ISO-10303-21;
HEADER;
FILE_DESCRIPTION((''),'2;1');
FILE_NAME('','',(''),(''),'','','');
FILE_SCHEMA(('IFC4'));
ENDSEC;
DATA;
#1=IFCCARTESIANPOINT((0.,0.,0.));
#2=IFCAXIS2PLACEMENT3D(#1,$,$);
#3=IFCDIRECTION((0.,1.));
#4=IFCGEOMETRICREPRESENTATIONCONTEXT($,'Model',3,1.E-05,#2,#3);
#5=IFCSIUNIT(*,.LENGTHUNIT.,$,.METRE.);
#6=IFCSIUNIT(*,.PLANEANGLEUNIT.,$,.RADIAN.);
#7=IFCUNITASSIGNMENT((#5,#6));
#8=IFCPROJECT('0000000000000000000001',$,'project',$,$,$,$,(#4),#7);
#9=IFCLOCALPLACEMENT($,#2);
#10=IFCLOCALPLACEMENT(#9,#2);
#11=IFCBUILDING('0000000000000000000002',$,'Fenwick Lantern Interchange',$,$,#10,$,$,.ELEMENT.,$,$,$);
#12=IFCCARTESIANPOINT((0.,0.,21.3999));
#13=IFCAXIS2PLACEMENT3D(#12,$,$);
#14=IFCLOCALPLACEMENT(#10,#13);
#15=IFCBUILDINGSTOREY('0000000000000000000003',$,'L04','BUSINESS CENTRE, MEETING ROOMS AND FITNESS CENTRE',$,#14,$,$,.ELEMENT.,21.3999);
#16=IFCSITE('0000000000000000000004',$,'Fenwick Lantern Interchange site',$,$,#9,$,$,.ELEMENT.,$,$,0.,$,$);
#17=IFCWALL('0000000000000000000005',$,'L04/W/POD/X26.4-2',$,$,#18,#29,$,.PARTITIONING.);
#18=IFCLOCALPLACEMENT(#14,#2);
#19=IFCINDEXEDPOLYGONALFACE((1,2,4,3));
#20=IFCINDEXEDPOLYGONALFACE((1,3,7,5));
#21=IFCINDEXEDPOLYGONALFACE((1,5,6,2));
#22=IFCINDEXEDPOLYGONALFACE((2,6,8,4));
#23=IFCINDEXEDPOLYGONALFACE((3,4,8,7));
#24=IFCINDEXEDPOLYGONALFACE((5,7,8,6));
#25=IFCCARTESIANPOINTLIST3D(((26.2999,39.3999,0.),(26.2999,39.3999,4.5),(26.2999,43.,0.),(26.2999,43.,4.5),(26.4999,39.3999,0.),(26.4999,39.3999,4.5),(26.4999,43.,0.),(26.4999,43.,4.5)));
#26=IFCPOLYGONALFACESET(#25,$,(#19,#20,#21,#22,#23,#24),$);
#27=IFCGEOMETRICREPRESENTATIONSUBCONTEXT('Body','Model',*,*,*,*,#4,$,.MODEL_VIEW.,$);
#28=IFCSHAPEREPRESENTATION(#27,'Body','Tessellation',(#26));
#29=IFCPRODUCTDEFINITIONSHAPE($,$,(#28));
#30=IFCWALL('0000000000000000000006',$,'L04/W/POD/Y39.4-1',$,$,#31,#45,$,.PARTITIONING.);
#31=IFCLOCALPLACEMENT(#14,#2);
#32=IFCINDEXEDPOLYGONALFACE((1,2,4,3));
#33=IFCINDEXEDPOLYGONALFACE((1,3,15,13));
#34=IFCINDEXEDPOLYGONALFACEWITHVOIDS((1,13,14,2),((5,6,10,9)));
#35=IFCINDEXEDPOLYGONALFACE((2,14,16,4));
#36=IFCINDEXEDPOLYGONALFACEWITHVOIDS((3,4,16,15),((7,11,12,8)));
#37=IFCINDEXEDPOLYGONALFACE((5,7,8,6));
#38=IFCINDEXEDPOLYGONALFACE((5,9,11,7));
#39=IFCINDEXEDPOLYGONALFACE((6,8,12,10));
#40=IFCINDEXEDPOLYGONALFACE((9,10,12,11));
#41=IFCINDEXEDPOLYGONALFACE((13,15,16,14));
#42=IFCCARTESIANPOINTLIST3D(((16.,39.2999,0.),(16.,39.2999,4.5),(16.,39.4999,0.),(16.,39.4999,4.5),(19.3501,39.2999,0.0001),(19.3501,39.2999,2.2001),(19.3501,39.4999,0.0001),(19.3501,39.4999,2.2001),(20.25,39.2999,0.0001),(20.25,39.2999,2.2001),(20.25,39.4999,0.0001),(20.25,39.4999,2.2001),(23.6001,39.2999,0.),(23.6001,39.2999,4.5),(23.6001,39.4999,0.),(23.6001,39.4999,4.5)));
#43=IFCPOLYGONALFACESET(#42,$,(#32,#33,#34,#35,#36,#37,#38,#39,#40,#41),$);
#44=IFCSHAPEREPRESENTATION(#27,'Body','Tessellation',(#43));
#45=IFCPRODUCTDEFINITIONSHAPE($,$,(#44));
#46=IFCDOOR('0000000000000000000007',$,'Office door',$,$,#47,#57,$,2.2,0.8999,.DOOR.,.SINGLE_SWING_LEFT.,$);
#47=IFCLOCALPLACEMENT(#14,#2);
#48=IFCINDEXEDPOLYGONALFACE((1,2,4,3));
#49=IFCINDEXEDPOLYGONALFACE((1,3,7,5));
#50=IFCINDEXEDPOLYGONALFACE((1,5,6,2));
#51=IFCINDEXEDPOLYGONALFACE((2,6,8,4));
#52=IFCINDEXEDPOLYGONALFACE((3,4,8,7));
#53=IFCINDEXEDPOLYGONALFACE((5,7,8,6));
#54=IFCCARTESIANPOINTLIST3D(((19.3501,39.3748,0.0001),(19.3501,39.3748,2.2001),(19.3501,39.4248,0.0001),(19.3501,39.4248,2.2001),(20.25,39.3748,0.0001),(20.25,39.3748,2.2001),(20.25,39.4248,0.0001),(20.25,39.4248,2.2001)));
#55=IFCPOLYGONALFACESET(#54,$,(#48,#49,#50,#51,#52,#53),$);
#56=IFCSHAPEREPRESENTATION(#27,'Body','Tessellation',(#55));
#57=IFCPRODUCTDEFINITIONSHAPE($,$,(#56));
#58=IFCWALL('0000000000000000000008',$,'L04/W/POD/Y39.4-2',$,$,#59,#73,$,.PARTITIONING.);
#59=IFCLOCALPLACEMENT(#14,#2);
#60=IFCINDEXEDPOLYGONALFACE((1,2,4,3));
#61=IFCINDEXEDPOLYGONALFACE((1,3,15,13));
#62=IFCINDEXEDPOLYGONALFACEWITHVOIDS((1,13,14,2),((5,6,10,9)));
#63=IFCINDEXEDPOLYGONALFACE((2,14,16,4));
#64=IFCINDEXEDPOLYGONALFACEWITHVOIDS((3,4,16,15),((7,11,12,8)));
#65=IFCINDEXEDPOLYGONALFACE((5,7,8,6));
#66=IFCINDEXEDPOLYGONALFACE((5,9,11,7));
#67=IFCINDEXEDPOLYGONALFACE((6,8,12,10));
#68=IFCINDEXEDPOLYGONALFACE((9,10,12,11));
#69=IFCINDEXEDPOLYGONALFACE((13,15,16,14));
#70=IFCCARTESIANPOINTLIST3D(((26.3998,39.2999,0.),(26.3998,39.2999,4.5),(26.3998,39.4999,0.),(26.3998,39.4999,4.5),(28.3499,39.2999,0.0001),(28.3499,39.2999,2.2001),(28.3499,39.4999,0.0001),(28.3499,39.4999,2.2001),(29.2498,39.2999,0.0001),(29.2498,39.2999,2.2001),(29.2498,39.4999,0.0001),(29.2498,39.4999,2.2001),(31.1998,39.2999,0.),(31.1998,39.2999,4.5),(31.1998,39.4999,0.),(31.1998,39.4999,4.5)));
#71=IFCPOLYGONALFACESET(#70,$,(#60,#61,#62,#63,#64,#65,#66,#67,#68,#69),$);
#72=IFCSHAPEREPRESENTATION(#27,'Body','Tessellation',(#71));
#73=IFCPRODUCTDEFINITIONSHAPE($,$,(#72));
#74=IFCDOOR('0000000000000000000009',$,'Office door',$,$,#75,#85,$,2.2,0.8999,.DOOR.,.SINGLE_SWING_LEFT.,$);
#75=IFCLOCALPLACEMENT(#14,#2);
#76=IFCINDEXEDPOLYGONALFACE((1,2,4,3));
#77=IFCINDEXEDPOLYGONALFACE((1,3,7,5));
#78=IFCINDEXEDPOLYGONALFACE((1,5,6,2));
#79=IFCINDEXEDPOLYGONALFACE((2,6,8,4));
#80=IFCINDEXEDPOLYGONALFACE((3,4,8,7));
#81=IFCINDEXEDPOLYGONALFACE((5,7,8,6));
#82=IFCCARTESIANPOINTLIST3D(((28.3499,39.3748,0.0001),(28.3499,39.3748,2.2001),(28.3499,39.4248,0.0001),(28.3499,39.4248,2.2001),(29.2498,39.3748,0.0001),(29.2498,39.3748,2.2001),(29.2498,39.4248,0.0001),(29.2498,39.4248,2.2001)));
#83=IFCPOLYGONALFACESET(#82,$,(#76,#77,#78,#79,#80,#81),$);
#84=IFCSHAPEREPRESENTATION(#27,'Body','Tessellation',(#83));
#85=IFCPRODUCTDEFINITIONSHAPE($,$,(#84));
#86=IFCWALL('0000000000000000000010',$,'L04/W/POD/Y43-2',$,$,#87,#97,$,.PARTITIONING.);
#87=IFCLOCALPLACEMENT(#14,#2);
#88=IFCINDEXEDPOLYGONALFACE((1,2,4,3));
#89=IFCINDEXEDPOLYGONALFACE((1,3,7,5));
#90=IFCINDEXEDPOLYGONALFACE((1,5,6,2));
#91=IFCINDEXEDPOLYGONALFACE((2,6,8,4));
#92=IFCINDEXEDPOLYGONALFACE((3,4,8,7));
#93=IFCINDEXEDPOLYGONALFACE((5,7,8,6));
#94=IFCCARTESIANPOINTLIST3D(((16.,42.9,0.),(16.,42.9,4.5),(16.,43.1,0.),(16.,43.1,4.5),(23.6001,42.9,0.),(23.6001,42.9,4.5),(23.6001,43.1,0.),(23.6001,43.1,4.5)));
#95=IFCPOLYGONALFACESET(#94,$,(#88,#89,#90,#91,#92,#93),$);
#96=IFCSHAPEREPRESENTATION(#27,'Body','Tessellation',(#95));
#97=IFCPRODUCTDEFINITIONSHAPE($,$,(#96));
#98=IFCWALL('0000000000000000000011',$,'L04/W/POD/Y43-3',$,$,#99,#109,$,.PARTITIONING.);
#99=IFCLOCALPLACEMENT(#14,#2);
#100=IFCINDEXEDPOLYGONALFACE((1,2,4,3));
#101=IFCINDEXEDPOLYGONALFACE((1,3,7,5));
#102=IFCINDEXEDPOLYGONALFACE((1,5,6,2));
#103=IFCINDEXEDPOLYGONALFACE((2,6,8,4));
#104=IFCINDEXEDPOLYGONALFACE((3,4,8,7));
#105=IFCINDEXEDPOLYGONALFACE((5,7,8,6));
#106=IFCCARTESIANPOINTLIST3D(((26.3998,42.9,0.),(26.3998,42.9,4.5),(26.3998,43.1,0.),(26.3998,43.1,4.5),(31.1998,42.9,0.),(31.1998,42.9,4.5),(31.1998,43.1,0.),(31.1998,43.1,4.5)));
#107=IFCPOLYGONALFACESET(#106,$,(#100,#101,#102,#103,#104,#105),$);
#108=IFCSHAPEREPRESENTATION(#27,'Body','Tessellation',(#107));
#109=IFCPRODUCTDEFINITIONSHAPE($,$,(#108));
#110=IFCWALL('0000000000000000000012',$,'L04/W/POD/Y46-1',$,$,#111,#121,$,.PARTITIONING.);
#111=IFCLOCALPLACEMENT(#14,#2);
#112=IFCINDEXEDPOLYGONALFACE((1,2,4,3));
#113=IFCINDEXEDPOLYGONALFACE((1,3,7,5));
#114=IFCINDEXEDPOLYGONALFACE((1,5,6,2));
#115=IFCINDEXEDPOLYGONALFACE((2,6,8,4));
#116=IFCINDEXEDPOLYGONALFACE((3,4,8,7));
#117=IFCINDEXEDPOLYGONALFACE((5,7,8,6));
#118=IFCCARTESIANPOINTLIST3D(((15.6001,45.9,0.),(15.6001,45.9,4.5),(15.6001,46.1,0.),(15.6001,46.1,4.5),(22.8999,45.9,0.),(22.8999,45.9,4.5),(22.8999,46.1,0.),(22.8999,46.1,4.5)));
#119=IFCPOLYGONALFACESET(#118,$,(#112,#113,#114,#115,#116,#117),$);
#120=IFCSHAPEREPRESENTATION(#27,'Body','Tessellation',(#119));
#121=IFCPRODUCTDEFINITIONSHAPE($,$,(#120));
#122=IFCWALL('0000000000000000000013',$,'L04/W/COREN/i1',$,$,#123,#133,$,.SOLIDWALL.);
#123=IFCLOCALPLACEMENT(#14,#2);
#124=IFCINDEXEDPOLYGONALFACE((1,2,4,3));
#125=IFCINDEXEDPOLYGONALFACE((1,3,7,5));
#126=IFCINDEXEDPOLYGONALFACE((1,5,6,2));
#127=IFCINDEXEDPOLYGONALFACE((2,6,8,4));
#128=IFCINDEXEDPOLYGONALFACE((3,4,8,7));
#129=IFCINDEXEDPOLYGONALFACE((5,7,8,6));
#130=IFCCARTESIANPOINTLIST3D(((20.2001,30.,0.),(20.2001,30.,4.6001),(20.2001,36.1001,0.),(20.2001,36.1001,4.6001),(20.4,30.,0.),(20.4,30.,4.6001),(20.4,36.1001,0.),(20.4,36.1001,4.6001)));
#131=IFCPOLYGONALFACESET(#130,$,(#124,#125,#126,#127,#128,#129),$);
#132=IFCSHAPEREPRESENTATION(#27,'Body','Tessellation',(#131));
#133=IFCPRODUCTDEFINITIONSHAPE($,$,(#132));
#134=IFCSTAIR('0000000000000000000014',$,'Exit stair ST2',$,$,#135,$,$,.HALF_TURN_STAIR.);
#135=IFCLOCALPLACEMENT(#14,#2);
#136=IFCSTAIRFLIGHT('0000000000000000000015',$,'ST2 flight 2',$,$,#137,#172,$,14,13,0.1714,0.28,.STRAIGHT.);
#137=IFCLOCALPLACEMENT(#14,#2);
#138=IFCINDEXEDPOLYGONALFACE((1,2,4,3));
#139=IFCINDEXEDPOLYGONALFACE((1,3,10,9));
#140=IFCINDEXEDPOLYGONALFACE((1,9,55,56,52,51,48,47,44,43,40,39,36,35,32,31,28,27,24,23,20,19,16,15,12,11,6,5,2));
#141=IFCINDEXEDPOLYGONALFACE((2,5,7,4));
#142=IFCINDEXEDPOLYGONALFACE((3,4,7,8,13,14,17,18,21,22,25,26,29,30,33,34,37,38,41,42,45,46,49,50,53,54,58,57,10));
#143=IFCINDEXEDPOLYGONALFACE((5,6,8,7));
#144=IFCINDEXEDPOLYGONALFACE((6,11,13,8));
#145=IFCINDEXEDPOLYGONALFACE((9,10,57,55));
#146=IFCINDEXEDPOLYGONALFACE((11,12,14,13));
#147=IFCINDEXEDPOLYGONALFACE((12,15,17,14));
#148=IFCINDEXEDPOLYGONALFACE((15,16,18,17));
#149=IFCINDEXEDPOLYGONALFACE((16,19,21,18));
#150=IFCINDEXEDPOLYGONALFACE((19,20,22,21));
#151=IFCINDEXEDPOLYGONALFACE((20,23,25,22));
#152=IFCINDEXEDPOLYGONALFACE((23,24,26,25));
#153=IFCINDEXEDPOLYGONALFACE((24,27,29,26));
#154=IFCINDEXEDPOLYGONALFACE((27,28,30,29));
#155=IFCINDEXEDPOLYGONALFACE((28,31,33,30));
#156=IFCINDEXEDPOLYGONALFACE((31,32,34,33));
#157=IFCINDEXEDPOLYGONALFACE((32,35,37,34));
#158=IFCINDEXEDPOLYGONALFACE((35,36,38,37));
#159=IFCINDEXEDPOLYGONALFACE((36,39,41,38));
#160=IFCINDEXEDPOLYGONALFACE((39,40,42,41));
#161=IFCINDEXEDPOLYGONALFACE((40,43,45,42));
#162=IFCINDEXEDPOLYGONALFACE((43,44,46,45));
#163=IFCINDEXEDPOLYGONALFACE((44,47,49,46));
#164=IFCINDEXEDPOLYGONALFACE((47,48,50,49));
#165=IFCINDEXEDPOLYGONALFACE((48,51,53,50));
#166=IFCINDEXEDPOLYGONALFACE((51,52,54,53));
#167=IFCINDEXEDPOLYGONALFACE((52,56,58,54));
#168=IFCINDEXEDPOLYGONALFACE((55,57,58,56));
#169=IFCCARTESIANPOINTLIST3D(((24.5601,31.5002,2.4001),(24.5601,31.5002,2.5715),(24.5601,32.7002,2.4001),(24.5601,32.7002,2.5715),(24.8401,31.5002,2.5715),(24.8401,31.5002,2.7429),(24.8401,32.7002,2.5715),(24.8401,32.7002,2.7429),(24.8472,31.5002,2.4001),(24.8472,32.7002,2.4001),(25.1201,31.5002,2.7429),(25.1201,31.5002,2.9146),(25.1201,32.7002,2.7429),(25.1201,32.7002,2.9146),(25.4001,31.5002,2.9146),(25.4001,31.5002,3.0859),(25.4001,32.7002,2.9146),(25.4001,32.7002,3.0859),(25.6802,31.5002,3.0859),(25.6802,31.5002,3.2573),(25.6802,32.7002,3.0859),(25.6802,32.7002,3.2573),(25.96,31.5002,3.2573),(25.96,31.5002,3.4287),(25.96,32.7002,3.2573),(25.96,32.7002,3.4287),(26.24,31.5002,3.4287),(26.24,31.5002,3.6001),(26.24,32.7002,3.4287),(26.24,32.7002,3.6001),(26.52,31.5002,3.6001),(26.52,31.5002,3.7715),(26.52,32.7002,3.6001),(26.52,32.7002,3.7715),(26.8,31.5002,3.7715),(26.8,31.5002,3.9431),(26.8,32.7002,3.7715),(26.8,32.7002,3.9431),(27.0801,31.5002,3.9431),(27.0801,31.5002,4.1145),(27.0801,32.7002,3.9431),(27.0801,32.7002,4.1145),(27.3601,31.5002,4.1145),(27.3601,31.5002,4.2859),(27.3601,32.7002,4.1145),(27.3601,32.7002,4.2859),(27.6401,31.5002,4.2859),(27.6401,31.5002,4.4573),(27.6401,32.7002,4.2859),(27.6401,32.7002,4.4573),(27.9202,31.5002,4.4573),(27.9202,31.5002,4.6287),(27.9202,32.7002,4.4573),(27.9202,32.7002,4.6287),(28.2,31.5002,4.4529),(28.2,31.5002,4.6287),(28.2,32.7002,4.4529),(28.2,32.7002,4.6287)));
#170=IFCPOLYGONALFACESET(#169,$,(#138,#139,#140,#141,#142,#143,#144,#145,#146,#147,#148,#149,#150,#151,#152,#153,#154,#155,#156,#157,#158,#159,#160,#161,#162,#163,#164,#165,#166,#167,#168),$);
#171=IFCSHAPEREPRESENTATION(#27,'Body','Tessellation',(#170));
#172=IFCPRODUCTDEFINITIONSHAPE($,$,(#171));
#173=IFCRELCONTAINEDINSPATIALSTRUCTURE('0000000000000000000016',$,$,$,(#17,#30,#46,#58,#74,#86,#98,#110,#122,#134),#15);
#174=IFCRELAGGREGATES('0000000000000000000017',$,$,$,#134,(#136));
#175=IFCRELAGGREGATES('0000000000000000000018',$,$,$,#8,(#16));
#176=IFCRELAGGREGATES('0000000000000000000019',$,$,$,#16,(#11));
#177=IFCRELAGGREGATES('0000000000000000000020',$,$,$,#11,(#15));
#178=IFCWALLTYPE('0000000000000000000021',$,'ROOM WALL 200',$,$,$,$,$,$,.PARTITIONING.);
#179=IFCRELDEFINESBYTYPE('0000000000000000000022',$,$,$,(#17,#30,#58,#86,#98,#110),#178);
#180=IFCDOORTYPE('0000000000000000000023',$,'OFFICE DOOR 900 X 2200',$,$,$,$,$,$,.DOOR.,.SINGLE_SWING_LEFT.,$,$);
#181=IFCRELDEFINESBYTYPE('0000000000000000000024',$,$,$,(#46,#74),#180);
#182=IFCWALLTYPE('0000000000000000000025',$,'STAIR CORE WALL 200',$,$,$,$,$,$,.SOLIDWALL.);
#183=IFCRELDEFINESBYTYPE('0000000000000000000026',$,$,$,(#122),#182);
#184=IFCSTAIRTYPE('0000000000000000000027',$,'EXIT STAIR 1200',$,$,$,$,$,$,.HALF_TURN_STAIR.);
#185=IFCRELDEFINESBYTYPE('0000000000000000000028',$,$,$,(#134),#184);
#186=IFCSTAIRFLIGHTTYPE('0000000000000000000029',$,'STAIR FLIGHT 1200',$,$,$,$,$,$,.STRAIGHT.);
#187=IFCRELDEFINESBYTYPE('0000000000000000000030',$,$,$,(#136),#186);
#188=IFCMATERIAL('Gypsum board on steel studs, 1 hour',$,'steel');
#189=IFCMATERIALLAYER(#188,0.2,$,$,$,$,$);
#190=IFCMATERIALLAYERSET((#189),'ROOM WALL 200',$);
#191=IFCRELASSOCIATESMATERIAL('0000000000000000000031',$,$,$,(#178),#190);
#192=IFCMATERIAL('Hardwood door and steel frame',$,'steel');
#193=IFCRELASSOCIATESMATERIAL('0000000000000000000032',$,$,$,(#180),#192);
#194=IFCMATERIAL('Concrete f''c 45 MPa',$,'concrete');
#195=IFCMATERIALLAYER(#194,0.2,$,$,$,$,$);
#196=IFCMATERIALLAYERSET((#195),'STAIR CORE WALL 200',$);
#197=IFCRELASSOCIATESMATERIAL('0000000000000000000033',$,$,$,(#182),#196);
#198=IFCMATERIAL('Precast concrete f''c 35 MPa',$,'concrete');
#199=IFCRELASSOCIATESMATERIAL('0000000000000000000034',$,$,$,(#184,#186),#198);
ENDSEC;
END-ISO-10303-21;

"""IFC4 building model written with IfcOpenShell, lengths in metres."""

from ifc_helpers import new_model, si_unit, direction, frame, frame_2d, origin, place, context, subcontext, project, spatial, polyline, rectangle, outline, extrude, material, layer, layer_set, type_object, element, fill, aggregate, save


model = new_model("IFC4")

# Units and contexts
model_context = context("Model", 3, precision=1e-05, world=origin(), true_north=direction((0.0, 1.0)))
body_context = subcontext(model_context, "Body", "Model", "MODEL_VIEW")
ifc_project = project(units=[si_unit("LENGTHUNIT", "METRE"), si_unit("PLANEANGLEUNIT", "RADIAN")], contexts=[model_context])

# Site, building, storey
site_placement = place(None, origin())
site = spatial("IfcSite", under=ifc_project, at=site_placement, Name="Fenwick Lantern Interchange site", CompositionType="ELEMENT", RefElevation=0.0)
building_placement = place(site_placement, origin())
building = spatial("IfcBuilding", under=site, at=building_placement, Name="Fenwick Lantern Interchange", CompositionType="ELEMENT")
storey_placement = place(building_placement, frame((0.0, 0.0, 21.3999)))
storey = spatial("IfcBuildingStorey", under=building, at=storey_placement, Name="L04", Description="BUSINESS CENTRE, MEETING ROOMS AND FITNESS CENTRE", CompositionType="ELEMENT", Elevation=21.3999)

# Shared definitions
ifc_material_1 = material(Name="Gypsum board on steel studs, 1 hour", Category="steel")
ifc_layer_1 = layer(ifc_material_1, 0.2)
ifc_layer_set_1 = layer_set([ifc_layer_1], Name="ROOM WALL 200")
wall_type_1 = type_object("IfcWallType", Name="ROOM WALL 200", PredefinedType="PARTITIONING", material=ifc_layer_set_1)

# Wall
for number, where, z_axis, x_axis, name in (
    (1, (26.3999, 39.3999, 0.0), (0.0, 0.0, 1.0), (0.0, 1.0, 0.0), "L04/W/POD/X26.4-2"),
):
    element("IfcWall", number, at=place(storey_placement, frame(where, z_axis=z_axis, x_axis=x_axis)), inside=storey, type_object=wall_type_1, Name=name, PredefinedType="PARTITIONING", context=body_context, shape_type="SweptSolid", body=[
        extrude(rectangle(XDim=3.6001, YDim=0.2, at=frame_2d((1.8, 0.0))), origin(), (0.0, 0.0, 1.0), 4.5),
    ])

# Walls, openings, doors
wall_1_placement = place(storey_placement, frame((16.0, 39.3999, 0.0), z_axis=(0.0, 0.0, 1.0), x_axis=(1.0, 0.0, 0.0)))
wall_1 = element("IfcWall", 2, at=wall_1_placement, inside=storey, type_object=wall_type_1, Name="L04/W/POD/Y39.4-1", PredefinedType="PARTITIONING", context=body_context, shape_type="SweptSolid", body=[
    extrude(rectangle(XDim=7.6001, YDim=0.2, at=frame_2d((3.8, 0.0))), origin(), (0.0, 0.0, 1.0), 4.5),
])
opening_1_placement = place(wall_1_placement, frame((3.3501, 0.0, 0.0)))
opening_1 = element("IfcOpeningElement", 3, at=opening_1_placement, cuts=wall_1, PredefinedType="OPENING", context=body_context, shape_type="SweptSolid", body=[
    extrude(rectangle(XDim=0.8999, YDim=2.2, at=frame_2d((0.45, 1.1001))), frame((0.0, 0.1099, 0.0), z_axis=(0.0, -1.0, 0.0), x_axis=(1.0, 0.0, 0.0)), (0.0, 0.0, 1.0), 0.22),
])
ifc_material_2 = material(Name="Hardwood door and steel frame", Category="steel")
door_type_1 = type_object("IfcDoorType", Name="OFFICE DOOR 900 X 2200", OperationType="SINGLE_SWING_LEFT", PredefinedType="DOOR", material=ifc_material_2)
door_1_placement = place(opening_1_placement, origin())
door_1 = element("IfcDoor", 4, at=door_1_placement, inside=storey, type_object=door_type_1, Name="Office door", OperationType="SINGLE_SWING_LEFT", OverallHeight=2.2, OverallWidth=0.8999, PredefinedType="DOOR", context=body_context, shape_type="SweptSolid", body=[
    extrude(rectangle(XDim=0.8999, YDim=2.2, at=frame_2d((0.45, 1.1001))), frame((0.0, 0.0249, 0.0), z_axis=(0.0, -1.0, 0.0), x_axis=(1.0, 0.0, 0.0)), (0.0, 0.0, 1.0), 0.05),
])
fill(opening_1, door_1)
wall_2_placement = place(storey_placement, frame((26.3999, 39.3999, 0.0), z_axis=(0.0, 0.0, 1.0), x_axis=(1.0, 0.0, 0.0)))
wall_2 = element("IfcWall", 5, at=wall_2_placement, inside=storey, type_object=wall_type_1, Name="L04/W/POD/Y39.4-2", PredefinedType="PARTITIONING", context=body_context, shape_type="SweptSolid", body=[
    extrude(rectangle(XDim=4.8, YDim=0.2, at=frame_2d((2.3999, 0.0))), origin(), (0.0, 0.0, 1.0), 4.5),
])
opening_2_placement = place(wall_2_placement, frame((1.95, 0.0, 0.0)))
opening_2 = element("IfcOpeningElement", 6, at=opening_2_placement, cuts=wall_2, PredefinedType="OPENING", context=body_context, shape_type="SweptSolid", body=[
    extrude(rectangle(XDim=0.8999, YDim=2.2, at=frame_2d((0.45, 1.1001))), frame((0.0, 0.1099, 0.0), z_axis=(0.0, -1.0, 0.0), x_axis=(1.0, 0.0, 0.0)), (0.0, 0.0, 1.0), 0.22),
])
door_2_placement = place(opening_2_placement, origin())
door_2 = element("IfcDoor", 7, at=door_2_placement, inside=storey, type_object=door_type_1, Name="Office door", OperationType="SINGLE_SWING_LEFT", OverallHeight=2.2, OverallWidth=0.8999, PredefinedType="DOOR", context=body_context, shape_type="SweptSolid", body=[
    extrude(rectangle(XDim=0.8999, YDim=2.2, at=frame_2d((0.45, 1.1001))), frame((0.0, 0.0249, 0.0), z_axis=(0.0, -1.0, 0.0), x_axis=(1.0, 0.0, 0.0)), (0.0, 0.0, 1.0), 0.05),
])
fill(opening_2, door_2)

# Walls
wall_3_placement = place(storey_placement, frame((16.0, 43.0, 0.0), z_axis=(0.0, 0.0, 1.0), x_axis=(1.0, 0.0, 0.0)))
element("IfcWall", 8, at=wall_3_placement, inside=storey, type_object=wall_type_1, Name="L04/W/POD/Y43-2", PredefinedType="PARTITIONING", context=body_context, shape_type="SweptSolid", body=[
    extrude(rectangle(XDim=7.6001, YDim=0.2, at=frame_2d((3.8, 0.0))), origin(), (0.0, 0.0, 1.0), 4.5),
])
wall_4_placement = place(storey_placement, frame((26.3999, 43.0, 0.0), z_axis=(0.0, 0.0, 1.0), x_axis=(1.0, 0.0, 0.0)))
element("IfcWall", 9, at=wall_4_placement, inside=storey, type_object=wall_type_1, Name="L04/W/POD/Y43-3", PredefinedType="PARTITIONING", context=body_context, shape_type="SweptSolid", body=[
    extrude(rectangle(XDim=4.8, YDim=0.2, at=frame_2d((2.3999, 0.0))), origin(), (0.0, 0.0, 1.0), 4.5),
])
wall_5_placement = place(storey_placement, frame((15.6001, 46.0, 0.0), z_axis=(0.0, 0.0, 1.0), x_axis=(1.0, 0.0, 0.0)))
element("IfcWall", 10, at=wall_5_placement, inside=storey, type_object=wall_type_1, Name="L04/W/POD/Y46-1", PredefinedType="PARTITIONING", context=body_context, shape_type="SweptSolid", body=[
    extrude(rectangle(XDim=7.2998, YDim=0.2, at=frame_2d((3.6499, 0.0))), origin(), (0.0, 0.0, 1.0), 4.5),
])
ifc_material_3 = material(Name="Concrete f'c 45 MPa", Category="concrete")
ifc_layer_2 = layer(ifc_material_3, 0.2)
ifc_layer_set_2 = layer_set([ifc_layer_2], Name="STAIR CORE WALL 200")
wall_type_2 = type_object("IfcWallType", Name="STAIR CORE WALL 200", PredefinedType="SOLIDWALL", material=ifc_layer_set_2)
wall_6_placement = place(storey_placement, frame((20.3, 36.1001, 0.0), z_axis=(0.0, 0.0, 1.0), x_axis=(0.0, -1.0, 0.0)))
element("IfcWall", 11, at=wall_6_placement, inside=storey, type_object=wall_type_2, Name="L04/W/COREN/i1", PredefinedType="SOLIDWALL", context=body_context, shape_type="SweptSolid", body=[
    extrude(rectangle(XDim=6.1001, YDim=0.2, at=frame_2d((3.05, 0.0))), origin(), (0.0, 0.0, 1.0), 4.6001),
])

# Stair, stair flight
ifc_material_4 = material(Name="Precast concrete f'c 35 MPa", Category="concrete")
stair_type = type_object("IfcStairType", Name="EXIT STAIR 1200", PredefinedType="HALF_TURN_STAIR", material=ifc_material_4)
stair_placement = place(storey_placement, origin())
stair = element("IfcStair", 12, at=stair_placement, inside=storey, type_object=stair_type, Name="Exit stair ST2", PredefinedType="HALF_TURN_STAIR")
stair_flight_type = type_object("IfcStairFlightType", Name="STAIR FLIGHT 1200", PredefinedType="STRAIGHT", material=ifc_material_4)
stair_flight_placement = place(storey_placement, frame((24.5601, 32.1001, 2.4001), z_axis=(0.0, 0.0, 1.0), x_axis=(1.0, 0.0, 0.0)))
stair_flight = element("IfcStairFlight", 13, at=stair_flight_placement, type_object=stair_flight_type, Name="ST2 flight 2", NumberOfRisers=14, NumberOfTreads=13, PredefinedType="STRAIGHT", RiserHeight=0.1714, TreadLength=0.28, context=body_context, shape_type="SweptSolid", body=[
    extrude(outline(polyline([(0.0, 0.0), (0.0, 0.1714), (0.28, 0.1714), (0.28, 0.3428), (0.5601, 0.3428), (0.5601, 0.5144), (0.8401, 0.5144), (0.8401, 0.6858), (1.1201, 0.6858), (1.1201, 0.8572), (1.3999, 0.8572), (1.3999, 1.0286), (1.6799, 1.0286), (1.6799, 1.2), (1.96, 1.2), (1.96, 1.3713), (2.24, 1.3713), (2.24, 1.543), (2.52, 1.543), (2.52, 1.7144), (2.8, 1.7144), (2.8, 1.8857), (3.0801, 1.8857), (3.0801, 2.0571), (3.3601, 2.0571), (3.3601, 2.2285), (3.6399, 2.2285), (3.6399, 2.3999), (3.6399, 2.0527), (0.2871, 0.0), (0.0, 0.0)])), frame((0.0, 0.6001, 0.0), z_axis=(0.0, -1.0, 0.0), x_axis=(1.0, 0.0, 0.0)), (0.0, 0.0, 1.0), 1.2),
])
aggregate(stair, [stair_flight])

save(model, "model.ifc")
